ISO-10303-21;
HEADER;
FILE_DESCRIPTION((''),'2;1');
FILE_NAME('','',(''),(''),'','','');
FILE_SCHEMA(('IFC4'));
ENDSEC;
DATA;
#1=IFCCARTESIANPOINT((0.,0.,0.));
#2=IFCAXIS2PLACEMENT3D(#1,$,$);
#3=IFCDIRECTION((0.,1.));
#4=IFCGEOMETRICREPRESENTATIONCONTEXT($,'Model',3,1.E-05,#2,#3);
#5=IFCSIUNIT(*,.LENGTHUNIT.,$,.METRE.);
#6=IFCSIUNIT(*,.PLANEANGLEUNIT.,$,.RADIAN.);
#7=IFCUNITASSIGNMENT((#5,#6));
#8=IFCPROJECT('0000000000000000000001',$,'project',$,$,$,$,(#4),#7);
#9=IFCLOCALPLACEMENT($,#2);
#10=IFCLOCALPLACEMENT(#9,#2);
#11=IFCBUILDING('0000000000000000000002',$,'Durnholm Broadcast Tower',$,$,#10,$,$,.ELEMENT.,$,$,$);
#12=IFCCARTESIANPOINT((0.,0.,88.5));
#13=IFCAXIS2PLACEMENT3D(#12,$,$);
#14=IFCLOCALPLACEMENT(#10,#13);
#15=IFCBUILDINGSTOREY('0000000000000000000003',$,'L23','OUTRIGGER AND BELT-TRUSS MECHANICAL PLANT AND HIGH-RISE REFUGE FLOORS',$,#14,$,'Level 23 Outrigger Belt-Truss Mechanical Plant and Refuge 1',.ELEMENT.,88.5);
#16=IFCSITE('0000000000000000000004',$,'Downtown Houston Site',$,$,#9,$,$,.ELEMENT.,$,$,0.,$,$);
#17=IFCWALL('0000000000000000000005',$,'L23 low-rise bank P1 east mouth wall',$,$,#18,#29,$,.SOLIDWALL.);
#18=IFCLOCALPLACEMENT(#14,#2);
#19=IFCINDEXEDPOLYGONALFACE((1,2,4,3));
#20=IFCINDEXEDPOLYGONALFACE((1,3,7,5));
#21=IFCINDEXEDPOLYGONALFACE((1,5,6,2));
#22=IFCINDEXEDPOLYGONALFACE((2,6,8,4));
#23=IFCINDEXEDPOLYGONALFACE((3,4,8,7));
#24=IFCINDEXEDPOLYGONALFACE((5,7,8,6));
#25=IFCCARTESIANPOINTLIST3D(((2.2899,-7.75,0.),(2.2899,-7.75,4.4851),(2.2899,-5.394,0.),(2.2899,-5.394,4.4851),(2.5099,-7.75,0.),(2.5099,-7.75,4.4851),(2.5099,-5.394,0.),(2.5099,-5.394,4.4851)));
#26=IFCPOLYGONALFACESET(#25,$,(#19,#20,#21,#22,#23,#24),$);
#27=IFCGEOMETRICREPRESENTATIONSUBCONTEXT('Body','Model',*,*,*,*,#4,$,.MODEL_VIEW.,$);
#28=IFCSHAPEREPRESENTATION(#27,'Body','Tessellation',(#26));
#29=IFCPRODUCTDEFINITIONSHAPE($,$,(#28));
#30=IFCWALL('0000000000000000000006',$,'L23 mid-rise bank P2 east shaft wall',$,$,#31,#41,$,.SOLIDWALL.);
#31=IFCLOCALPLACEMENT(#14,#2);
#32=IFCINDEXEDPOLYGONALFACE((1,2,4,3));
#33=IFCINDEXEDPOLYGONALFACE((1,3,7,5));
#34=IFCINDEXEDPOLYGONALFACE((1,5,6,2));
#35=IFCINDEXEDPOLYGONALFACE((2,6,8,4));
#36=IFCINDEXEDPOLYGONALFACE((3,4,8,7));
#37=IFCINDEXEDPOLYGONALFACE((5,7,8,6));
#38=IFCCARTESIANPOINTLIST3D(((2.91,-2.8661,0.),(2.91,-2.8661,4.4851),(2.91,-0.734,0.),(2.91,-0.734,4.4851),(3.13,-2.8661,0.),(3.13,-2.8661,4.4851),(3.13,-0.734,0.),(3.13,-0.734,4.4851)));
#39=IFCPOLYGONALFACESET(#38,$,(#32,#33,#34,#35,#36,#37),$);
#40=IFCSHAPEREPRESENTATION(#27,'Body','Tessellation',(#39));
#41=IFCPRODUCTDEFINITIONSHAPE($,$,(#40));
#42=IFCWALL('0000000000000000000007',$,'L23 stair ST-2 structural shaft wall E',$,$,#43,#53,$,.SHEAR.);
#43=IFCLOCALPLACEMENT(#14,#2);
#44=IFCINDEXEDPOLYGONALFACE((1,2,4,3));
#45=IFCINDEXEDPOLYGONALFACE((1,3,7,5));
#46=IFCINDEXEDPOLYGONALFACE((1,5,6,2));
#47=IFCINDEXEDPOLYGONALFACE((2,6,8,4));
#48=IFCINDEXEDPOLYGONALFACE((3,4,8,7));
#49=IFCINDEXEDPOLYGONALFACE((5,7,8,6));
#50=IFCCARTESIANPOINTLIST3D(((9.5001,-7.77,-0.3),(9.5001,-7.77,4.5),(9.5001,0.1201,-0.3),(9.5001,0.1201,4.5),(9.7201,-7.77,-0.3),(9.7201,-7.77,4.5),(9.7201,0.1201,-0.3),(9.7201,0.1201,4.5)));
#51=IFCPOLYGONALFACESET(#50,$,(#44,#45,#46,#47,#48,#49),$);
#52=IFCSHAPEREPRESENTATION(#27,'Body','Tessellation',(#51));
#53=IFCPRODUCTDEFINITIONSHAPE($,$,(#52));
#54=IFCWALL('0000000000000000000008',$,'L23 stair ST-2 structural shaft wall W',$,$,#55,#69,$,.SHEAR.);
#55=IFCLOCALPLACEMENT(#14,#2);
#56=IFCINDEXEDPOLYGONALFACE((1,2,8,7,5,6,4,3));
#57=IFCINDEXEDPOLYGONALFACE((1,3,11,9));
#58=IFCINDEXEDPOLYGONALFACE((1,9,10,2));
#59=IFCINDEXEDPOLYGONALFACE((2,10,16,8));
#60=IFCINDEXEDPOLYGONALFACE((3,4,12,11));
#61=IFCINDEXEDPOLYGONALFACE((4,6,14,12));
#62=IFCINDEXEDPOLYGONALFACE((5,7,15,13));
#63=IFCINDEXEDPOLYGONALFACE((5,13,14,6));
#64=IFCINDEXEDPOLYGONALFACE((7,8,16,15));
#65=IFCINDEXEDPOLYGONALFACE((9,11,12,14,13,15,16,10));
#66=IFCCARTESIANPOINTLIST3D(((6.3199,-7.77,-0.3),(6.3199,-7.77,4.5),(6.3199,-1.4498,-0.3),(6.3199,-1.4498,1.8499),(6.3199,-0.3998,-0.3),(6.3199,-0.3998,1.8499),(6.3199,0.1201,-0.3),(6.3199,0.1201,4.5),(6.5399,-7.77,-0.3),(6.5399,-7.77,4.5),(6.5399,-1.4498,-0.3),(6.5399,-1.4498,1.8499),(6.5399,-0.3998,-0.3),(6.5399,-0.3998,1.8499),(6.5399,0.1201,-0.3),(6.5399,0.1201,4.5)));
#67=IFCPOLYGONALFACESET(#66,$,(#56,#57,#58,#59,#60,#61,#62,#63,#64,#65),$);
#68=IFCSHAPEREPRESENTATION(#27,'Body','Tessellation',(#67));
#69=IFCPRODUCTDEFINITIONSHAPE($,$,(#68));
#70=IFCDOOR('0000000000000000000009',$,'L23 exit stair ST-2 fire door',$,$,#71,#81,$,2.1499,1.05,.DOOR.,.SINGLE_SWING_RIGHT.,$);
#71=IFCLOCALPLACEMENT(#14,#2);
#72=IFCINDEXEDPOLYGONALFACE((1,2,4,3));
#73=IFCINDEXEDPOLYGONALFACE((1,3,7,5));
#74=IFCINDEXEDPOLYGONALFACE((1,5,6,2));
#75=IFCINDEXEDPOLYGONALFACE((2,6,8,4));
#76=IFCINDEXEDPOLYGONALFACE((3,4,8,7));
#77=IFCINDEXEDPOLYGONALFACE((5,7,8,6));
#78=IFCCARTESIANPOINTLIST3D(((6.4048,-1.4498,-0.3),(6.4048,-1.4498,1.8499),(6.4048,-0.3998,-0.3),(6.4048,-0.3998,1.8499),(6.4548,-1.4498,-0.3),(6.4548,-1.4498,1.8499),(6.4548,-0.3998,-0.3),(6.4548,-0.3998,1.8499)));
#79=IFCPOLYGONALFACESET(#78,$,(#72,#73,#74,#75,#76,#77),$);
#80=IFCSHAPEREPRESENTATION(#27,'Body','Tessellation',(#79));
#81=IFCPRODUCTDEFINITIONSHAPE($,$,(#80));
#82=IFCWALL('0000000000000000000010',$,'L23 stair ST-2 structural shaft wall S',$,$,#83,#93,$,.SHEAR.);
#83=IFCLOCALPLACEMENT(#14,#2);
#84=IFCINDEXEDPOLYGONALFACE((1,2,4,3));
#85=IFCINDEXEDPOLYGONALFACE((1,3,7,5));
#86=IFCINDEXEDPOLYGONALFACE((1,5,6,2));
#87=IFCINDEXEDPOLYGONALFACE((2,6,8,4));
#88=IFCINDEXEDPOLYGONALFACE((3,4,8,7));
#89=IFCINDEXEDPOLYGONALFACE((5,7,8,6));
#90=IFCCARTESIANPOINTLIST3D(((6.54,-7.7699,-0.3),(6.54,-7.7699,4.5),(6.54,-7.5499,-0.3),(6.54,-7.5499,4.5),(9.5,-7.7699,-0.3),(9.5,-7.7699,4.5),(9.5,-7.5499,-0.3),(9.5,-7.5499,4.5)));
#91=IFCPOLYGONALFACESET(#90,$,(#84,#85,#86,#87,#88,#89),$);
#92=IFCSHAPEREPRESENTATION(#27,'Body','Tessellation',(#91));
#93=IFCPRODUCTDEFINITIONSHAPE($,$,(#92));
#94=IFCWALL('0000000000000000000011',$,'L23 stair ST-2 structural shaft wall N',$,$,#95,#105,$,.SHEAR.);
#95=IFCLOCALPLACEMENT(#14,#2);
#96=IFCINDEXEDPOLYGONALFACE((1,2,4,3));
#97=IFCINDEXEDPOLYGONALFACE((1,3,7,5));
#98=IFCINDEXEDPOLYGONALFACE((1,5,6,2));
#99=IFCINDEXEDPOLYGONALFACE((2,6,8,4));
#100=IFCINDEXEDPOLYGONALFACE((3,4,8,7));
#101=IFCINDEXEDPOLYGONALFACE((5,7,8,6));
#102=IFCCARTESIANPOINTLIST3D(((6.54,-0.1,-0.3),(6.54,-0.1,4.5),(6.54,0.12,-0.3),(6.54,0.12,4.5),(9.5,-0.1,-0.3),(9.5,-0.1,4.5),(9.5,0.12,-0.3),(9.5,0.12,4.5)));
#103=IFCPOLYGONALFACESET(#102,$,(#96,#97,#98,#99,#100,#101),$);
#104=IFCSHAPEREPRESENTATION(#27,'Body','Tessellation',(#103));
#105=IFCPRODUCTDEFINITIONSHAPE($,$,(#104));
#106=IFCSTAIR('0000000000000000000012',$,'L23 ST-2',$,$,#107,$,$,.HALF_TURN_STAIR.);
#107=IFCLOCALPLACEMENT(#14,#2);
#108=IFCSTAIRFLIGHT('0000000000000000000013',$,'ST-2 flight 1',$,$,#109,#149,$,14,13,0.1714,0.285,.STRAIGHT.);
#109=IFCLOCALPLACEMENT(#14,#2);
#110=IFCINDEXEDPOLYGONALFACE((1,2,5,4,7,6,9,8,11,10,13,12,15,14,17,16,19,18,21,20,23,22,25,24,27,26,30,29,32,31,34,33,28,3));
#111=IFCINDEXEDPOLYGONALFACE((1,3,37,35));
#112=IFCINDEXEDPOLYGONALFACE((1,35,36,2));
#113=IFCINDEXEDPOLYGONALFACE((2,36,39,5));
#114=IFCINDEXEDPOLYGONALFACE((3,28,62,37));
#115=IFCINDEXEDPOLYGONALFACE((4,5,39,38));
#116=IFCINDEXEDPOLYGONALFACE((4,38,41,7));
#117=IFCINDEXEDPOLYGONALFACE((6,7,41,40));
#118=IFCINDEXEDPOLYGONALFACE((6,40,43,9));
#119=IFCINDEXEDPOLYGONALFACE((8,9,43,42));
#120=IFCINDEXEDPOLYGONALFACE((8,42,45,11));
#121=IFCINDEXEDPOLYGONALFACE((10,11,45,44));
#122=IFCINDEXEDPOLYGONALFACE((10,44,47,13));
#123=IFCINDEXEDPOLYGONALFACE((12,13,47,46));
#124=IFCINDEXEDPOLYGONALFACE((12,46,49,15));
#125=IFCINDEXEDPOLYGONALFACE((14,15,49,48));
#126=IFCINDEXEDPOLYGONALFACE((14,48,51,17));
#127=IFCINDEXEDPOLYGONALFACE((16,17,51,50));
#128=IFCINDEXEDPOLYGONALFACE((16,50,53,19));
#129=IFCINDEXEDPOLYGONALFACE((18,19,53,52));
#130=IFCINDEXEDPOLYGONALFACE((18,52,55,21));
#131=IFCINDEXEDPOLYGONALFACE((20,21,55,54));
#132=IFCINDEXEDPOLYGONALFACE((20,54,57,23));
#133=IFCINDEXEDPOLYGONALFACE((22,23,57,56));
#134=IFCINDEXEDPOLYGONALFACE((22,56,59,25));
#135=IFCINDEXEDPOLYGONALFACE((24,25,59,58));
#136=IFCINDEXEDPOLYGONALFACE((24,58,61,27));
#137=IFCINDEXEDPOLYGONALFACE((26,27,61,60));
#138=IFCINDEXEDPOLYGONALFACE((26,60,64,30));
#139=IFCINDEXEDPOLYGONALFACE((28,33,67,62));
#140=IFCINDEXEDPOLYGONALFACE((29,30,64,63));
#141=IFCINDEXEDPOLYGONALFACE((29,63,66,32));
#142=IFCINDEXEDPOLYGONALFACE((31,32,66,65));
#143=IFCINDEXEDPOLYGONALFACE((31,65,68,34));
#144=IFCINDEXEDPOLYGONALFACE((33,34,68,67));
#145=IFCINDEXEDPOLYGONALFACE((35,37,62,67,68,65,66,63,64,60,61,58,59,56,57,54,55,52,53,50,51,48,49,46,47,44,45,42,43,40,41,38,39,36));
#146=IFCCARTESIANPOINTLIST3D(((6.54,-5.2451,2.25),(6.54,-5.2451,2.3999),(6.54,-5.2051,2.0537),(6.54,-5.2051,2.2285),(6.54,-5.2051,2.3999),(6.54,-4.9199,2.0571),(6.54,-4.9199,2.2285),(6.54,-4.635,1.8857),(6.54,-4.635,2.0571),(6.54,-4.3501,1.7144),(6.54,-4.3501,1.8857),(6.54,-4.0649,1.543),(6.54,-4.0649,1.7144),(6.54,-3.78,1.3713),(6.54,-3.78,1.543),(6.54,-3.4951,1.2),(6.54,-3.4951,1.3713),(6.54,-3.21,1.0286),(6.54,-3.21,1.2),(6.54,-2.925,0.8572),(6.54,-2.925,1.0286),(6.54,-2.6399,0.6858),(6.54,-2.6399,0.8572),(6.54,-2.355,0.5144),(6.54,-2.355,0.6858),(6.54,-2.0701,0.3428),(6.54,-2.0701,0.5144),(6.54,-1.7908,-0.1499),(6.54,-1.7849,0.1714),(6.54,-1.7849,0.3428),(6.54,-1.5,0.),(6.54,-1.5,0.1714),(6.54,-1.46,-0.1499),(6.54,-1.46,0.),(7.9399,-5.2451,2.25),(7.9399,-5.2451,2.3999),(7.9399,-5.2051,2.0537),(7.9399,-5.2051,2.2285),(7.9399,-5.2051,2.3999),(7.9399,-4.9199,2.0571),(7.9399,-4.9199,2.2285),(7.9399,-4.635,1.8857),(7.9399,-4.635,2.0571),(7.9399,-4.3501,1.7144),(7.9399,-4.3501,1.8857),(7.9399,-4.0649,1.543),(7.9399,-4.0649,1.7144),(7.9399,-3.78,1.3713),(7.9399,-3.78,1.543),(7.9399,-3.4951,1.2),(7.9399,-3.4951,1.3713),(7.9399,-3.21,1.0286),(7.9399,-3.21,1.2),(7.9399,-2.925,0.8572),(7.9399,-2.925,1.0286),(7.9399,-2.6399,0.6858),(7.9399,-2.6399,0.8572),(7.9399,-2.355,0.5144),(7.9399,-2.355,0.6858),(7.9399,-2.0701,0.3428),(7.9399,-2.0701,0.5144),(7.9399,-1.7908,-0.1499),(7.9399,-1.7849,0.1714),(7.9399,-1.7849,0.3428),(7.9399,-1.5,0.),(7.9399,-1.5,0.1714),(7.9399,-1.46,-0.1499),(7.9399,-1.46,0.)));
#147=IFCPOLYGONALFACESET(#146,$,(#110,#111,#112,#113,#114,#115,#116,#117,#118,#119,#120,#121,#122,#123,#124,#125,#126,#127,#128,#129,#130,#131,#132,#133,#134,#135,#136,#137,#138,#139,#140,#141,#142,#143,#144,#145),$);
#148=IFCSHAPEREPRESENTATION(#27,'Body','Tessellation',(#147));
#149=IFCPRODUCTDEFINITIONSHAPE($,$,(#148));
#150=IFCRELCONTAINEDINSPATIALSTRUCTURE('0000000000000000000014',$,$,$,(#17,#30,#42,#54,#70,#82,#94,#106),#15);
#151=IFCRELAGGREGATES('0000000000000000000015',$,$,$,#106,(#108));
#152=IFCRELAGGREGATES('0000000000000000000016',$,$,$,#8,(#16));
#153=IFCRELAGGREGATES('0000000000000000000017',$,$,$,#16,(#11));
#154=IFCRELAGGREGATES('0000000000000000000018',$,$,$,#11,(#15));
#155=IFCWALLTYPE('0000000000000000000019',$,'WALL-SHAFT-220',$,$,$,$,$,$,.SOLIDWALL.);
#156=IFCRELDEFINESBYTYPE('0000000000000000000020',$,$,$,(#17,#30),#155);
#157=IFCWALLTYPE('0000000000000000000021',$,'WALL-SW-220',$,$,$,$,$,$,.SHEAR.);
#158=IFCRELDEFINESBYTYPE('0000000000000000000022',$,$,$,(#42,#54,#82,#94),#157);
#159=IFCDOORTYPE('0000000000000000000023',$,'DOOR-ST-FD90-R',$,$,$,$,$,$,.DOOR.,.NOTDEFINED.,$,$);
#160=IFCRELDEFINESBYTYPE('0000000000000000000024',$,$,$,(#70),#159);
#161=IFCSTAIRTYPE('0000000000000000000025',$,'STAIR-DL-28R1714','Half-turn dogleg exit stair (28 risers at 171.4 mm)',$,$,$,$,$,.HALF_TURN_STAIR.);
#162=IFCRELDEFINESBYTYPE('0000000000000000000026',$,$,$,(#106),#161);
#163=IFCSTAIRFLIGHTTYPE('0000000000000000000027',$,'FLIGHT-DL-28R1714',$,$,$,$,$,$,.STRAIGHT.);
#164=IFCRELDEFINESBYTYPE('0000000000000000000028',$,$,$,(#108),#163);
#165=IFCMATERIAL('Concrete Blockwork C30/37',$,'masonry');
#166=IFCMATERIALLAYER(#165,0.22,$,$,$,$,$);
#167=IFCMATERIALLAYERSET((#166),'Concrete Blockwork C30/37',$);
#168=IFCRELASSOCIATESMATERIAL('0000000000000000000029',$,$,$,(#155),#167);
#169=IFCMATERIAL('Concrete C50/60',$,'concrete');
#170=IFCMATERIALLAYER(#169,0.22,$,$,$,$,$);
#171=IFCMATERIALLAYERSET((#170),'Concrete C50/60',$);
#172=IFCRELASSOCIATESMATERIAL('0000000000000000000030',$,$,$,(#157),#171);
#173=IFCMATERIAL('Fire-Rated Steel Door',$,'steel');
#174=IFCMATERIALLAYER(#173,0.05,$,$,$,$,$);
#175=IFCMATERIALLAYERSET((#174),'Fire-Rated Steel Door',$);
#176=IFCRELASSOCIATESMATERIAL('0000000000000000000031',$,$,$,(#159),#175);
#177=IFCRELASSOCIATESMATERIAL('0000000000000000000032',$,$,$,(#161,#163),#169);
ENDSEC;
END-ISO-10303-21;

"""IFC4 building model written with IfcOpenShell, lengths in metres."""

from ifc_helpers import new_model, si_unit, direction, frame, frame_2d, origin, place, context, subcontext, project, spatial, polyline, rectangle, outline, extrude, source, transform, mapped, material, layer, layer_set, type_object, type_shapes, element, fill, aggregate, save


model = new_model("IFC4")

# Units and contexts
model_context = context("Model", 3, precision=1e-05, world=origin(), true_north=direction((0.0, 1.0)))
body_context = subcontext(model_context, "Body", "Model", "MODEL_VIEW")
ifc_project = project(units=[si_unit("LENGTHUNIT", "METRE"), si_unit("PLANEANGLEUNIT", "RADIAN")], contexts=[model_context])

# Site, building, storey
site_placement = place(None, origin())
site = spatial("IfcSite", under=ifc_project, at=site_placement, Name="Downtown Houston Site", CompositionType="ELEMENT", RefElevation=0.0)
building_placement = place(site_placement, origin())
building = spatial("IfcBuilding", under=site, at=building_placement, Name="Durnholm Broadcast Tower", CompositionType="ELEMENT")
storey_placement = place(building_placement, frame((0.0, 0.0, 88.5)))
storey = spatial("IfcBuildingStorey", under=building, at=storey_placement, Name="L23", Description="OUTRIGGER AND BELT-TRUSS MECHANICAL PLANT AND HIGH-RISE REFUGE FLOORS", LongName="Level 23 Outrigger Belt-Truss Mechanical Plant and Refuge 1", CompositionType="ELEMENT", Elevation=88.5)

# Walls
ifc_material_1 = material(Name="Concrete Blockwork C30/37", Category="masonry")
ifc_layer_1 = layer(ifc_material_1, 0.22)
ifc_layer_set_1 = layer_set([ifc_layer_1], Name="Concrete Blockwork C30/37")
wall_type_1 = type_object("IfcWallType", Name="WALL-SHAFT-220", PredefinedType="SOLIDWALL", material=ifc_layer_set_1)
wall_1_placement = place(storey_placement, frame((2.3999, -7.75, 0.0), z_axis=(0.0, 0.0, 1.0), x_axis=(0.0, 1.0, 0.0)))
element("IfcWall", 1, at=wall_1_placement, inside=storey, type_object=wall_type_1, Name="L23 low-rise bank P1 east mouth wall", PredefinedType="SOLIDWALL", context=body_context, shape_type="SweptSolid", body=[
    extrude(rectangle(XDim=2.356, YDim=0.22, at=frame_2d((1.178, 0.0))), origin(), (0.0, 0.0, 1.0), 4.4851),
])
wall_2_placement = place(storey_placement, frame((3.02, -2.866, 0.0), z_axis=(0.0, 0.0, 1.0), x_axis=(0.0, 1.0, 0.0)))
element("IfcWall", 2, at=wall_2_placement, inside=storey, type_object=wall_type_1, Name="L23 mid-rise bank P2 east shaft wall", PredefinedType="SOLIDWALL", context=body_context, shape_type="SweptSolid", body=[
    extrude(rectangle(XDim=2.1321, YDim=0.22, at=frame_2d((1.0659, 0.0))), origin(), (0.0, 0.0, 1.0), 4.4851),
])
ifc_material_2 = material(Name="Concrete C50/60", Category="concrete")
ifc_layer_2 = layer(ifc_material_2, 0.22)
ifc_layer_set_2 = layer_set([ifc_layer_2], Name="Concrete C50/60")
wall_type_2 = type_object("IfcWallType", Name="WALL-SW-220", PredefinedType="SHEAR", material=ifc_layer_set_2)
wall_3_placement = place(storey_placement, frame((9.6101, -7.77, -0.3), z_axis=(0.0, 0.0, 1.0), x_axis=(0.0, 1.0, 0.0)))
element("IfcWall", 3, at=wall_3_placement, inside=storey, type_object=wall_type_2, Name="L23 stair ST-2 structural shaft wall E", PredefinedType="SHEAR", context=body_context, shape_type="SweptSolid", body=[
    extrude(rectangle(XDim=7.8901, YDim=0.22, at=frame_2d((3.9451, 0.0))), origin(), (0.0, 0.0, 1.0), 4.8),
])

# Wall, opening, door
wall_4_placement = place(storey_placement, frame((6.4299, 0.1201, -0.3), z_axis=(0.0, 0.0, 1.0), x_axis=(0.0, -1.0, 0.0)))
wall_4 = element("IfcWall", 4, at=wall_4_placement, inside=storey, type_object=wall_type_2, Name="L23 stair ST-2 structural shaft wall W", PredefinedType="SHEAR", context=body_context, shape_type="SweptSolid", body=[
    extrude(rectangle(XDim=7.8901, YDim=0.22, at=frame_2d((3.9451, 0.0))), origin(), (0.0, 0.0, 1.0), 4.8),
])
opening_placement = place(wall_4_placement, frame((0.52, 0.0, 0.0)))
opening = element("IfcOpeningElement", 5, at=opening_placement, cuts=wall_4, PredefinedType="OPENING", context=body_context, shape_type="SweptSolid", body=[
    extrude(rectangle(XDim=1.05, YDim=2.1499, at=frame_2d((0.5249, 1.075))), frame((0.0, 0.1201, 0.0), z_axis=(0.0, -1.0, 0.0), x_axis=(1.0, 0.0, 0.0)), (0.0, 0.0, 1.0), 0.24),
])
ifc_material_3 = material(Name="Fire-Rated Steel Door", Category="steel")
ifc_layer_3 = layer(ifc_material_3, 0.05)
ifc_layer_set_3 = layer_set([ifc_layer_3], Name="Fire-Rated Steel Door")
door_type = type_object("IfcDoorType", Name="DOOR-ST-FD90-R", OperationType="NOTDEFINED", PredefinedType="DOOR", material=ifc_layer_set_3)
shared_shape_1 = source(origin(), body_context, "Body", "SweptSolid", [
    extrude(rectangle(XDim=1.05, YDim=2.1499, at=frame_2d((0.5249, 1.075))), frame((0.0, 0.0249, 0.0), z_axis=(0.0, -1.0, 0.0), x_axis=(1.0, 0.0, 0.0)), (0.0, 0.0, 1.0), 0.05),
])
type_shapes(door_type, [shared_shape_1])
door_placement = place(opening_placement, origin())
door = element("IfcDoor", 6, at=door_placement, inside=storey, type_object=door_type, Name="L23 exit stair ST-2 fire door", OperationType="SINGLE_SWING_RIGHT", OverallHeight=2.1499, OverallWidth=1.05, PredefinedType="DOOR", context=body_context, shape_type="MappedRepresentation", body=[
    mapped(shared_shape_1, transform((0.0, 0.0, 0.0), x_axis=(1.0, 0.0, 0.0), y_axis=(0.0, 1.0, 0.0), z_axis=(0.0, 0.0, 1.0), scale=1.0)),
])
fill(opening, door)

# Walls
for number, where, z_axis, x_axis, name in (
    (7, (6.54, -7.6599, -0.3), (0.0, 0.0, 1.0), (1.0, 0.0, 0.0), "L23 stair ST-2 structural shaft wall S"),
    (8, (9.5, 0.01, -0.3), (0.0, 0.0, 1.0), (-1.0, 0.0, 0.0), "L23 stair ST-2 structural shaft wall N"),
):
    element("IfcWall", number, at=place(storey_placement, frame(where, z_axis=z_axis, x_axis=x_axis)), inside=storey, type_object=wall_type_2, Name=name, PredefinedType="SHEAR", context=body_context, shape_type="SweptSolid", body=[
        extrude(rectangle(XDim=2.96, YDim=0.22, at=frame_2d((1.48, 0.0))), origin(), (0.0, 0.0, 1.0), 4.8),
    ])

# Stair, stair flight
stair_type = type_object("IfcStairType", Name="STAIR-DL-28R1714", Description="Half-turn dogleg exit stair (28 risers at 171.4 mm)", PredefinedType="HALF_TURN_STAIR", material=ifc_material_2)
stair_placement = place(storey_placement, origin())
stair = element("IfcStair", 9, at=stair_placement, inside=storey, type_object=stair_type, Name="L23 ST-2", PredefinedType="HALF_TURN_STAIR")
stair_flight_type = type_object("IfcStairFlightType", Name="FLIGHT-DL-28R1714", PredefinedType="STRAIGHT", material=ifc_material_2)
stair_flight_1_placement = place(storey_placement, frame((7.24, -1.5, 0.0), z_axis=(0.0, 0.0, 1.0), x_axis=(0.0, -1.0, 0.0)))
stair_flight_1 = element("IfcStairFlight", 10, at=stair_flight_1_placement, type_object=stair_flight_type, Name="ST-2 flight 1", NumberOfRisers=14, NumberOfTreads=13, PredefinedType="STRAIGHT", RiserHeight=0.1714, TreadLength=0.285, context=body_context, shape_type="SweptSolid", body=[
    extrude(outline(polyline([(-0.04, -0.1499), (-0.04, 0.0), (0.0, 0.0), (0.0, 0.1714), (0.2849, 0.1714), (0.2849, 0.3428), (0.5701, 0.3428), (0.5701, 0.5144), (0.855, 0.5144), (0.855, 0.6858), (1.1399, 0.6858), (1.1399, 0.8572), (1.425, 0.8572), (1.425, 1.0286), (1.71, 1.0286), (1.71, 1.2), (1.9951, 1.2), (1.9951, 1.3713), (2.28, 1.3713), (2.28, 1.543), (2.5649, 1.543), (2.5649, 1.7144), (2.8501, 1.7144), (2.8501, 1.8857), (3.135, 1.8857), (3.135, 2.0571), (3.4199, 2.0571), (3.4199, 2.2285), (3.7051, 2.2285), (3.7051, 2.3999), (3.7451, 2.3999), (3.7451, 2.25), (3.7051, 2.0537), (0.2908, -0.1499), (-0.04, -0.1499)])), frame((0.0, 0.7, 0.0), z_axis=(0.0, -1.0, 0.0), x_axis=(1.0, 0.0, 0.0)), (0.0, 0.0, 1.0), 1.3999),
])
aggregate(stair, [stair_flight_1])

save(model, "model.ifc")
